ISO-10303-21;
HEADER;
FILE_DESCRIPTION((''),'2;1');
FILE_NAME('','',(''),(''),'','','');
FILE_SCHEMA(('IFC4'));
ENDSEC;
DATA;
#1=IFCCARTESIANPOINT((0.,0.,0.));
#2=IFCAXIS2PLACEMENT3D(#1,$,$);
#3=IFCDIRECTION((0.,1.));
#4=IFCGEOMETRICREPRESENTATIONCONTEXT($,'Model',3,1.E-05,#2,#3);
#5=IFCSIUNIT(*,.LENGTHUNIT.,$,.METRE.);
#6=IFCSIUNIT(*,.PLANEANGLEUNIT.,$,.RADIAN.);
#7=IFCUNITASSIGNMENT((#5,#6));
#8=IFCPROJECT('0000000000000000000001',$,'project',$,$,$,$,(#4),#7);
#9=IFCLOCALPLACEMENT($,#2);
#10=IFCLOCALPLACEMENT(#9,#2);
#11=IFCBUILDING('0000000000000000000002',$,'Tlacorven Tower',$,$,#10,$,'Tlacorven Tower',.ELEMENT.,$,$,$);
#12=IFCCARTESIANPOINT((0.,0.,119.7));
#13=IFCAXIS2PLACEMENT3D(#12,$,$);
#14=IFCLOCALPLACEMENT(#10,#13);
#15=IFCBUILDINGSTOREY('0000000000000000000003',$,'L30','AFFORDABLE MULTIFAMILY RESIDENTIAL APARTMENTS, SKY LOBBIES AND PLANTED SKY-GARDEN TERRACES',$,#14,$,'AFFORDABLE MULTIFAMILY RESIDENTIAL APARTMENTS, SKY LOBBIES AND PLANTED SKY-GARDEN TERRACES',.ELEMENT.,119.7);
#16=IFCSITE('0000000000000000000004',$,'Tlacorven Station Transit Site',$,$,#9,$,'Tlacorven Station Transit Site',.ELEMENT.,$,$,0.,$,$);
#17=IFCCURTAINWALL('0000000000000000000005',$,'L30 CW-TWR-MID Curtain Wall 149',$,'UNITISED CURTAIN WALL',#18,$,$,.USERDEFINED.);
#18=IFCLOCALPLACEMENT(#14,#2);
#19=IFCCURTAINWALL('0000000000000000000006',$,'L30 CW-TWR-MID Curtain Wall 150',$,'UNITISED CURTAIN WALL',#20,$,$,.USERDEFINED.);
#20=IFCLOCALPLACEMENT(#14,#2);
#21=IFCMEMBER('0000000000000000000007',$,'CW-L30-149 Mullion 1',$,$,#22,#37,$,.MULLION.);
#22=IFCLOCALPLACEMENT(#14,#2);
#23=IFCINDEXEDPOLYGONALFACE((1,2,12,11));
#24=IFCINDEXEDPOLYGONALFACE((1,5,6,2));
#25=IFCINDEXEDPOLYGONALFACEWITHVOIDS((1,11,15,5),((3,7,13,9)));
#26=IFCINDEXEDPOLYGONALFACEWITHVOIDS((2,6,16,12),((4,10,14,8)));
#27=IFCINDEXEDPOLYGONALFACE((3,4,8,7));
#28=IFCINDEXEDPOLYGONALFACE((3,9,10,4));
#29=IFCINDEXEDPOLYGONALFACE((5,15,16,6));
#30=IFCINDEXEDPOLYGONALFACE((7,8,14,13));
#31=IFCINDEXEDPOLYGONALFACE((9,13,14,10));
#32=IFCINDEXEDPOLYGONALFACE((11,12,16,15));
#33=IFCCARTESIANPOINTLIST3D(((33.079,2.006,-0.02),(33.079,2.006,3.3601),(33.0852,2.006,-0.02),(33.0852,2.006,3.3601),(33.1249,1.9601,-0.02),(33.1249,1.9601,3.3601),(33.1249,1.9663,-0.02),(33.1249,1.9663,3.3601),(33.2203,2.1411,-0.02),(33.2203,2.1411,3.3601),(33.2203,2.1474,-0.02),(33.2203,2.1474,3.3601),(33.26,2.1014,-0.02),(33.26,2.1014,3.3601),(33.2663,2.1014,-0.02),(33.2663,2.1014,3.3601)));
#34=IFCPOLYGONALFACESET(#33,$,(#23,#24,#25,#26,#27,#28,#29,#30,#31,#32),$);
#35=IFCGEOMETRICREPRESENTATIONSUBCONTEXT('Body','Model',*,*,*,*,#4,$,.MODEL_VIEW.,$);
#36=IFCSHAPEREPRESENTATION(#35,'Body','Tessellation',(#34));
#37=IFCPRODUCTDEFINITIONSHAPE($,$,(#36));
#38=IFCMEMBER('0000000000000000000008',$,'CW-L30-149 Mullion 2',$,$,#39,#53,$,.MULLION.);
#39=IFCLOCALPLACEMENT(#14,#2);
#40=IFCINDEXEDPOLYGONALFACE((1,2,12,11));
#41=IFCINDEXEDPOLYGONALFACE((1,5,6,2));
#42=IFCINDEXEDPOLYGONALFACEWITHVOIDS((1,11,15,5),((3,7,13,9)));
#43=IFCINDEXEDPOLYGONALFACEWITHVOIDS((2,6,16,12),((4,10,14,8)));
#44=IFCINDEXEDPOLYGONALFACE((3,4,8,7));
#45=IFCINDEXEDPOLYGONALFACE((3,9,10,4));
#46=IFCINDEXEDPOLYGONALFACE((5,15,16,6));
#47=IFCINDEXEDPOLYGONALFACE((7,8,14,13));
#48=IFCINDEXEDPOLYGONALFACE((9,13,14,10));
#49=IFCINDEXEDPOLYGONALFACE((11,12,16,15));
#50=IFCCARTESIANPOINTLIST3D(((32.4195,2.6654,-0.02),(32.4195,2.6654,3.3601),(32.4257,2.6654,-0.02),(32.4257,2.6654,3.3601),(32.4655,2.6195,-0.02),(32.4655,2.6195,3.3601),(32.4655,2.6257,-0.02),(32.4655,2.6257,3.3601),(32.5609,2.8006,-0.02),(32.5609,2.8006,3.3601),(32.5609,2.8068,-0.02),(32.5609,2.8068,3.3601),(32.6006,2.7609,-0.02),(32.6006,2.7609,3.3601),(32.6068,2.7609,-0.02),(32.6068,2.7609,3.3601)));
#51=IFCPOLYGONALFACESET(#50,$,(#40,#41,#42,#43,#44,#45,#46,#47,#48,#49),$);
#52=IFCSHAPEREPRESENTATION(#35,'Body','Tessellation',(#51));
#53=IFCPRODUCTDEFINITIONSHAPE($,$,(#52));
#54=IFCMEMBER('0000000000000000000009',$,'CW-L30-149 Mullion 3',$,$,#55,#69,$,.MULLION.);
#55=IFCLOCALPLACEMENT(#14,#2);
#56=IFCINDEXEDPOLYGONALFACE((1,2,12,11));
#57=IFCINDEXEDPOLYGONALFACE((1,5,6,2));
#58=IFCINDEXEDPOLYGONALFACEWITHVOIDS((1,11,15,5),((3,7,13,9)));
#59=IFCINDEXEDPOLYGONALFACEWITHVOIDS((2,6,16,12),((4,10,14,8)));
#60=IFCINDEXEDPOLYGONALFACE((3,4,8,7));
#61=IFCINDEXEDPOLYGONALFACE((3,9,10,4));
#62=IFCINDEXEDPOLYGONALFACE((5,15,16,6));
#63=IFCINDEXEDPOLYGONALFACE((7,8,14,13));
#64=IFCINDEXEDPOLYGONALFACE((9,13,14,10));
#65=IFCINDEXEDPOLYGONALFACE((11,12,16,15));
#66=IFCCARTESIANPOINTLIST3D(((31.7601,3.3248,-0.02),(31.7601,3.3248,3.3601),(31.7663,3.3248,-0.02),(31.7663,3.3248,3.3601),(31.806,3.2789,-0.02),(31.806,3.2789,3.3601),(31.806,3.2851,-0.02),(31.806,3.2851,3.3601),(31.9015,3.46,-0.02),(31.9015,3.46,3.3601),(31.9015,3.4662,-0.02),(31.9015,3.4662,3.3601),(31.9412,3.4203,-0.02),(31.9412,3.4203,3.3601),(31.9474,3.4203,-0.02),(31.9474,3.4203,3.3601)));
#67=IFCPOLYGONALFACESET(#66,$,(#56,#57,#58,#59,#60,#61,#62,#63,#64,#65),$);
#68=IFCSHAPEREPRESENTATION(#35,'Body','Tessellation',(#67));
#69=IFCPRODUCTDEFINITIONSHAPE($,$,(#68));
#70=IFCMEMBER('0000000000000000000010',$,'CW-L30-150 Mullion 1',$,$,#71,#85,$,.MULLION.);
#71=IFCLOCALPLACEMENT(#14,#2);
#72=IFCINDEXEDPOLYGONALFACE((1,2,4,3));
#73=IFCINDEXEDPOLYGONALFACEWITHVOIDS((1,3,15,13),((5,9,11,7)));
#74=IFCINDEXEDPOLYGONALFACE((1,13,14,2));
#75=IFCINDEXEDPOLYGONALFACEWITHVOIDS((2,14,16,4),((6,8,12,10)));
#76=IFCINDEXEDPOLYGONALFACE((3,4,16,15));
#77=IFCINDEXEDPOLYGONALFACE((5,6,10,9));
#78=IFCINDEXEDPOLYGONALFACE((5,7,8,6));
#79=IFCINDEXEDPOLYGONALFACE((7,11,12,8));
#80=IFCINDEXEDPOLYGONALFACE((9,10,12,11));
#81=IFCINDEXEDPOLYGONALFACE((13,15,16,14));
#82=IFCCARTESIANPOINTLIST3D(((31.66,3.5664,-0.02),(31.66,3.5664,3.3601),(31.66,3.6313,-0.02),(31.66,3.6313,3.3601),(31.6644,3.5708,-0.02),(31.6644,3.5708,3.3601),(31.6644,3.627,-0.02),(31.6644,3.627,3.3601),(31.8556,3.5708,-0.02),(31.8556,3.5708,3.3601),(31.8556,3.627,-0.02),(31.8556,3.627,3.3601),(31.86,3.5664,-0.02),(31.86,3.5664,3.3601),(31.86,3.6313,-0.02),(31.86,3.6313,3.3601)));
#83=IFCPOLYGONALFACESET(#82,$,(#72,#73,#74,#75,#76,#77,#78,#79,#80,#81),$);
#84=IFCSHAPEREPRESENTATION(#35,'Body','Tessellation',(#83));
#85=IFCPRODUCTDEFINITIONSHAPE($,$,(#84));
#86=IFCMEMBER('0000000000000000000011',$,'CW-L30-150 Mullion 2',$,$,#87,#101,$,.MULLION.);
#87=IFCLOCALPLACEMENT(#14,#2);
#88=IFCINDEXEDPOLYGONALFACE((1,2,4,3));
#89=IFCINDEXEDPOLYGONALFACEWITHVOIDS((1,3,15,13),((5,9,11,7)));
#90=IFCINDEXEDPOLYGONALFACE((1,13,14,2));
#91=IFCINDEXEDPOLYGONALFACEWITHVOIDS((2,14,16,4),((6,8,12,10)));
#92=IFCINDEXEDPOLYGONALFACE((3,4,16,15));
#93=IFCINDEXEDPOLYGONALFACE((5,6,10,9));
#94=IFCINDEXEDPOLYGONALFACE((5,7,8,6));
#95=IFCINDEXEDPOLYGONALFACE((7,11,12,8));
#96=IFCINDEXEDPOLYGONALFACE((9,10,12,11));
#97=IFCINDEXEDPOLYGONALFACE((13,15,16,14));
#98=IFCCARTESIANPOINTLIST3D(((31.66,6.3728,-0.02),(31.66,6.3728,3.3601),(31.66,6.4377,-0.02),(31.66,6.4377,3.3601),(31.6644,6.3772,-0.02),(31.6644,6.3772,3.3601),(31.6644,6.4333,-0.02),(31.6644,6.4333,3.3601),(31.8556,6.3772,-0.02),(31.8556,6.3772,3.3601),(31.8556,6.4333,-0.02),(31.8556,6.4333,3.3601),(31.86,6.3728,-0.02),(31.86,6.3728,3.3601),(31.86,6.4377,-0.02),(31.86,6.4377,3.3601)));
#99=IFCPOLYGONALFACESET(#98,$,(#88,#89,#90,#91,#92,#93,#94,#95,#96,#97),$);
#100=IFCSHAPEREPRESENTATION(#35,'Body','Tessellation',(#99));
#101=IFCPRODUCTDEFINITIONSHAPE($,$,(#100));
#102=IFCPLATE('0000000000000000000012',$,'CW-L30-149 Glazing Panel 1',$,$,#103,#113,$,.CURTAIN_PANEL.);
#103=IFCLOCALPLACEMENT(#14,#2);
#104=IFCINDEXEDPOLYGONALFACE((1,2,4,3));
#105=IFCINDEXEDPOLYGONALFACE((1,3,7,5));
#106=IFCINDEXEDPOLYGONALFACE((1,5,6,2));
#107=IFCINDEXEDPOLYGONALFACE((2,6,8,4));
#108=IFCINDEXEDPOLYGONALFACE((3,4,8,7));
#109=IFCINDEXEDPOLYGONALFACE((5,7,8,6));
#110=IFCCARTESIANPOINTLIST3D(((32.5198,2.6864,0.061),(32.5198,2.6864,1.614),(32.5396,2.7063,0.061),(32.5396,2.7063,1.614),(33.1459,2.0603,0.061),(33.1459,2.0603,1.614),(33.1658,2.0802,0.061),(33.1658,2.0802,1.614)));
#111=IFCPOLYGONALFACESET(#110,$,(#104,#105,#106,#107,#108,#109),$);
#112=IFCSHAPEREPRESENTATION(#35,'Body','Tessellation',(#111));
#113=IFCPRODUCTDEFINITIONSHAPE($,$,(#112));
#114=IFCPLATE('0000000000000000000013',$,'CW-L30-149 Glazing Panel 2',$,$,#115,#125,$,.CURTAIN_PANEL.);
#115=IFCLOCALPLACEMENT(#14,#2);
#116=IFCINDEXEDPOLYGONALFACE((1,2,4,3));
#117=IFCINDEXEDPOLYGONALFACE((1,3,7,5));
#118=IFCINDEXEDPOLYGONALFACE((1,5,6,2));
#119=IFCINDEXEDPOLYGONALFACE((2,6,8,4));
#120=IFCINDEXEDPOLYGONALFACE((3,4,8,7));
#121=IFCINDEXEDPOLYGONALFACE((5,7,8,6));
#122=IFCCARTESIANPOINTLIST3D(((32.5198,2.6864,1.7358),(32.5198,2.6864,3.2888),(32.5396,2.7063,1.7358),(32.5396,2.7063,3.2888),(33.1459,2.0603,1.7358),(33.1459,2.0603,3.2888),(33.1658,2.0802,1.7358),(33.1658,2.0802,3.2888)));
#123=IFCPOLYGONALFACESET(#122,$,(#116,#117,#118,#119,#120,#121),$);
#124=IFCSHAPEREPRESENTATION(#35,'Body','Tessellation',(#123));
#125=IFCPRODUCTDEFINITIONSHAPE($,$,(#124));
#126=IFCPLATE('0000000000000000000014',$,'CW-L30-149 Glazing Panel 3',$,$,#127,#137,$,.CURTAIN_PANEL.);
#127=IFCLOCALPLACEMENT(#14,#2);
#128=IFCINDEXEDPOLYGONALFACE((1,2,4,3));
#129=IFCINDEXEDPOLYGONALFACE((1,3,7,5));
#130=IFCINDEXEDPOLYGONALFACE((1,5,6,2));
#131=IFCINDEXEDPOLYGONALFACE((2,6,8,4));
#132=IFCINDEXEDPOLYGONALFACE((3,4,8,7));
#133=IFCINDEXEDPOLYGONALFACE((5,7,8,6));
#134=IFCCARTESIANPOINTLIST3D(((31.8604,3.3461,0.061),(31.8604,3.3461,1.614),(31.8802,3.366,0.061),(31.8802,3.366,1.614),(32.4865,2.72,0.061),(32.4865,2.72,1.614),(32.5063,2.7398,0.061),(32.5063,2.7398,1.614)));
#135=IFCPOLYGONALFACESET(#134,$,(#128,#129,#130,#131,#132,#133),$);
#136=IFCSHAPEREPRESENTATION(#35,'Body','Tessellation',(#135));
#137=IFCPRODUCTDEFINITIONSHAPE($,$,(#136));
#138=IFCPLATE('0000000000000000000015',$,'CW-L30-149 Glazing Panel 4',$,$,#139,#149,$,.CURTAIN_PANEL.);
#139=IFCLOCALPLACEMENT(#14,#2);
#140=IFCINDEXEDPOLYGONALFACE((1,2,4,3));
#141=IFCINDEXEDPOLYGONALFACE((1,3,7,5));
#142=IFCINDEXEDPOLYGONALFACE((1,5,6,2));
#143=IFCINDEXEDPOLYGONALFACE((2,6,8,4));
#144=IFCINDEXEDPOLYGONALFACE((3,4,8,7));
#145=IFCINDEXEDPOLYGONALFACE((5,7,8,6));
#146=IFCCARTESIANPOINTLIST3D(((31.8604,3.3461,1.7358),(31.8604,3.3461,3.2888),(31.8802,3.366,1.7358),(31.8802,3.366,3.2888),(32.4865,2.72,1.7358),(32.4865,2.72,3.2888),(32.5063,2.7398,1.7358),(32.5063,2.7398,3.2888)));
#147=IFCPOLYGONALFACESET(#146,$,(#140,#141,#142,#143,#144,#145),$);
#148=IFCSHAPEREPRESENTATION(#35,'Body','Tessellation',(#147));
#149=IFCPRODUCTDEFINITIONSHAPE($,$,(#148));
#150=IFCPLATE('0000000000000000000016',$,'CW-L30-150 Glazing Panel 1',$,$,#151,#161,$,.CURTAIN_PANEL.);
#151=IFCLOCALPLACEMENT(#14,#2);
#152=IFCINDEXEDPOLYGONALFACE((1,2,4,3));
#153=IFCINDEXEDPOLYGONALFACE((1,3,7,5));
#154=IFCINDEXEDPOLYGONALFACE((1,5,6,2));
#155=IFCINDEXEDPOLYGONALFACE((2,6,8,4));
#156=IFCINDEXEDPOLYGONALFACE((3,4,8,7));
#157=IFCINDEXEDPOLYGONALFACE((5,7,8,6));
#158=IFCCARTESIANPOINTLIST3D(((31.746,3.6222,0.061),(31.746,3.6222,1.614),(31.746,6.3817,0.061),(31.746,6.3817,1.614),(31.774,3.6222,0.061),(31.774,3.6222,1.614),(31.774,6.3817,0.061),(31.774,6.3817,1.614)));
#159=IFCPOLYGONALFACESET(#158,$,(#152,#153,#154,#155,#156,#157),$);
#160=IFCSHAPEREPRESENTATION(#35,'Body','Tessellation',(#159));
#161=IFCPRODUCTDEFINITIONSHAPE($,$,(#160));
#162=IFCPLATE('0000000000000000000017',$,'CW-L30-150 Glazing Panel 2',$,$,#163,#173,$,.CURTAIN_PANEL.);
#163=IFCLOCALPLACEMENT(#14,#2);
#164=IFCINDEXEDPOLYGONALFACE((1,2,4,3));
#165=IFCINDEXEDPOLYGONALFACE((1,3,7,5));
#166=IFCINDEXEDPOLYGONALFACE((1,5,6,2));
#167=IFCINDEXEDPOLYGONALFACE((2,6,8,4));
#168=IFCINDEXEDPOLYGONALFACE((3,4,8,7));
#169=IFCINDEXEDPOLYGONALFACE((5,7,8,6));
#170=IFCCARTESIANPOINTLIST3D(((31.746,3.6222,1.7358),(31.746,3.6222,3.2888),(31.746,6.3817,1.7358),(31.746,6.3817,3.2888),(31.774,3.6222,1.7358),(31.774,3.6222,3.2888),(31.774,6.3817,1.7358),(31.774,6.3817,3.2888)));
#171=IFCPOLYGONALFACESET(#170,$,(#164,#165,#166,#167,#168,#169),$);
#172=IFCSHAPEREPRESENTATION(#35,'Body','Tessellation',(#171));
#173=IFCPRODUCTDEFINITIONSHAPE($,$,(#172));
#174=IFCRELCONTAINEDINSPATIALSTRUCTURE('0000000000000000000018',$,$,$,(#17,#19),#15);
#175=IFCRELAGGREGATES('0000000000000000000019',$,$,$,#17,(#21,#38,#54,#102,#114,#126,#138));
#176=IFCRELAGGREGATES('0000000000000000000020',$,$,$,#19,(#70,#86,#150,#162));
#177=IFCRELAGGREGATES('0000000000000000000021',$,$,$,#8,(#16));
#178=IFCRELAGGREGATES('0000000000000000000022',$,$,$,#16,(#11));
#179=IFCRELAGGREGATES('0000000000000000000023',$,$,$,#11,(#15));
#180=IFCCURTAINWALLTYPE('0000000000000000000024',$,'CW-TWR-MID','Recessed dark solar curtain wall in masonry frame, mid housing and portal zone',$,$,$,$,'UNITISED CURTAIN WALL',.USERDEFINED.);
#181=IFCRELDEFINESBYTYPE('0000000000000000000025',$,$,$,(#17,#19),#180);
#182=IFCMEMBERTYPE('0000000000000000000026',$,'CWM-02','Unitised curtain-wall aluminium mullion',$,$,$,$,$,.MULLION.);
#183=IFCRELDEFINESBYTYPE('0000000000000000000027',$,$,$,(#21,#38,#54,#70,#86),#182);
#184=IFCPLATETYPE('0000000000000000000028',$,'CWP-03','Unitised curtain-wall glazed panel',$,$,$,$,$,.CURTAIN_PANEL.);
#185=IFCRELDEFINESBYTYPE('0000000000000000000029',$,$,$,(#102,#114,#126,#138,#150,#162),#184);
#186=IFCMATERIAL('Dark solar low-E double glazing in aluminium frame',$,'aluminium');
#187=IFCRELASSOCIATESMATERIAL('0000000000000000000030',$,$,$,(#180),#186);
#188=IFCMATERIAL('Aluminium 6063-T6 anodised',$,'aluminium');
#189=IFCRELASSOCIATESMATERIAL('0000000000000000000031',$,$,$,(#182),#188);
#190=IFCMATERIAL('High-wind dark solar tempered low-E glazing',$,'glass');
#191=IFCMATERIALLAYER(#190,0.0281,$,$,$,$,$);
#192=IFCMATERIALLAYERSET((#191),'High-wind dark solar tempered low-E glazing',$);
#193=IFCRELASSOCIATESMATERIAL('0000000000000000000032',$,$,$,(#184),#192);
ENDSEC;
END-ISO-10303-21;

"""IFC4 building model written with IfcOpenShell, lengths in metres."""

from ifc_helpers import new_model, si_unit, direction, frame, origin, origin_2d, place, context, subcontext, project, spatial, rectangle, hollow_rectangle, extrude, source, transform, mapped, material, layer, layer_set, material_profile, profile_set, type_object, element, aggregate, save


model = new_model("IFC4")

# Units and contexts
model_context = context("Model", 3, precision=1e-05, world=origin(), true_north=direction((0.0, 1.0)))
body_context = subcontext(model_context, "Body", "Model", "MODEL_VIEW")
ifc_project = project(units=[si_unit("LENGTHUNIT", "METRE"), si_unit("PLANEANGLEUNIT", "RADIAN")], contexts=[model_context])

# Site, building, storey
site_placement = place(None, origin())
site = spatial("IfcSite", under=ifc_project, at=site_placement, Name="Tlacorven Station Transit Site", LongName="Tlacorven Station Transit Site", CompositionType="ELEMENT", RefElevation=0.0)
building_placement = place(site_placement, origin())
building = spatial("IfcBuilding", under=site, at=building_placement, Name="Tlacorven Tower", LongName="Tlacorven Tower", CompositionType="ELEMENT")
storey_placement = place(building_placement, frame((0.0, 0.0, 119.7)))
storey = spatial("IfcBuildingStorey", under=building, at=storey_placement, Name="L30", Description="AFFORDABLE MULTIFAMILY RESIDENTIAL APARTMENTS, SKY LOBBIES AND PLANTED SKY-GARDEN TERRACES", LongName="AFFORDABLE MULTIFAMILY RESIDENTIAL APARTMENTS, SKY LOBBIES AND PLANTED SKY-GARDEN TERRACES", CompositionType="ELEMENT", Elevation=119.7)

# Curtain walls
ifc_material_1 = material(Name="Dark solar low-E double glazing in aluminium frame", Category="aluminium")
curtain_wall_type = type_object("IfcCurtainWallType", Name="CW-TWR-MID", Description="Recessed dark solar curtain wall in masonry frame, mid housing and portal zone", ElementType="UNITISED CURTAIN WALL", PredefinedType="USERDEFINED", material=ifc_material_1)
curtain_wall_1_placement = place(storey_placement, origin())
curtain_wall_1 = element("IfcCurtainWall", 1, at=curtain_wall_1_placement, inside=storey, type_object=curtain_wall_type, Name="L30 CW-TWR-MID Curtain Wall 149", ObjectType="UNITISED CURTAIN WALL", PredefinedType="USERDEFINED")
ifc_material_2 = material(Name="Aluminium 6063-T6 anodised", Category="aluminium")
curtain_wall_2_placement = place(storey_placement, origin())
curtain_wall_2 = element("IfcCurtainWall", 2, at=curtain_wall_2_placement, inside=storey, type_object=curtain_wall_type, Name="L30 CW-TWR-MID Curtain Wall 150", ObjectType="UNITISED CURTAIN WALL", PredefinedType="USERDEFINED")

# Shared definitions
ifc_material_profile_1 = material_profile(ifc_material_2, hollow_rectangle(XDim=0.0649, YDim=0.2, WallThickness=0.0044, at=origin_2d()), Name="ALU MULLION 65X200")
ifc_profile_set_1 = profile_set([ifc_material_profile_1], Name="Aluminium 6063-T6 anodised")
member_type_1 = type_object("IfcMemberType", Name="CWM-02", Description="Unitised curtain-wall aluminium mullion", PredefinedType="MULLION", material=ifc_profile_set_1)
shared_shape_1 = source(origin(), body_context, "Body", "SweptSolid", [
    extrude(hollow_rectangle(XDim=0.0649, YDim=0.2, WallThickness=0.0044, at=origin_2d()), origin(), (0.0, 0.0, 1.0), 3.3801),
])

# Members
member_1_placement = place(storey_placement, frame((33.1726, 2.0537, -0.02), z_axis=(0.0, 0.0, 1.0), x_axis=(-0.707107, 0.707107, 0.0)))
member_1 = element("IfcMember", 3, at=member_1_placement, type_object=member_type_1, Name="CW-L30-149 Mullion 1", PredefinedType="MULLION", context=body_context, shape_type="MappedRepresentation", body=[
    mapped(shared_shape_1, transform((0.0, 0.0, 0.0), scale=1.0)),
])
member_2_placement = place(storey_placement, frame((32.5132, 2.7131, -0.02), z_axis=(0.0, 0.0, 1.0), x_axis=(-0.707107, 0.707107, 0.0)))
member_2 = element("IfcMember", 4, at=member_2_placement, type_object=member_type_1, Name="CW-L30-149 Mullion 2", PredefinedType="MULLION", context=body_context, shape_type="MappedRepresentation", body=[
    mapped(shared_shape_1, transform((0.0, 0.0, 0.0), scale=1.0)),
])
member_3_placement = place(storey_placement, frame((31.8538, 3.3726, -0.02), z_axis=(0.0, 0.0, 1.0), x_axis=(-0.707107, 0.707107, 0.0)))
member_3 = element("IfcMember", 5, at=member_3_placement, type_object=member_type_1, Name="CW-L30-149 Mullion 3", PredefinedType="MULLION", context=body_context, shape_type="MappedRepresentation", body=[
    mapped(shared_shape_1, transform((0.0, 0.0, 0.0), scale=1.0)),
])
member_4_placement = place(storey_placement, frame((31.76, 3.5989, -0.02), z_axis=(0.0, 0.0, 1.0), x_axis=(0.0, 1.0, 0.0)))
member_4 = element("IfcMember", 6, at=member_4_placement, type_object=member_type_1, Name="CW-L30-150 Mullion 1", PredefinedType="MULLION", context=body_context, shape_type="MappedRepresentation", body=[
    mapped(shared_shape_1, transform((0.0, 0.0, 0.0), scale=1.0)),
])
member_5_placement = place(storey_placement, frame((31.76, 6.4053, -0.02), z_axis=(0.0, 0.0, 1.0), x_axis=(0.0, 1.0, 0.0)))
member_5 = element("IfcMember", 7, at=member_5_placement, type_object=member_type_1, Name="CW-L30-150 Mullion 2", PredefinedType="MULLION", context=body_context, shape_type="MappedRepresentation", body=[
    mapped(shared_shape_1, transform((0.0, 0.0, 0.0), scale=1.0)),
])

# Plates
ifc_material_3 = material(Name="High-wind dark solar tempered low-E glazing", Category="glass")
ifc_layer = layer(ifc_material_3, 0.0281)
ifc_layer_set = layer_set([ifc_layer], Name="High-wind dark solar tempered low-E glazing")
plate_type = type_object("IfcPlateType", Name="CWP-03", Description="Unitised curtain-wall glazed panel", PredefinedType="CURTAIN_PANEL", material=ifc_layer_set)
shared_shape_2 = source(origin(), body_context, "Body", "SweptSolid", [
    extrude(rectangle(XDim=0.8855, YDim=0.0281, at=origin_2d()), origin(), (0.0, 0.0, 1.0), 1.553),
])
plate_1_placement = place(storey_placement, frame((32.8428, 2.3833, 0.061), z_axis=(0.0, 0.0, 1.0), x_axis=(-0.707107, 0.707107, 0.0)))
plate_1 = element("IfcPlate", 8, at=plate_1_placement, type_object=plate_type, Name="CW-L30-149 Glazing Panel 1", PredefinedType="CURTAIN_PANEL", context=body_context, shape_type="MappedRepresentation", body=[
    mapped(shared_shape_2, transform((0.0, 0.0, 0.0), scale=1.0)),
])
plate_2_placement = place(storey_placement, frame((32.8428, 2.3833, 1.7358), z_axis=(0.0, 0.0, 1.0), x_axis=(-0.707107, 0.707107, 0.0)))
plate_2 = element("IfcPlate", 9, at=plate_2_placement, type_object=plate_type, Name="CW-L30-149 Glazing Panel 2", PredefinedType="CURTAIN_PANEL", context=body_context, shape_type="MappedRepresentation", body=[
    mapped(shared_shape_2, transform((0.0, 0.0, 0.0), scale=1.0)),
])
plate_3_placement = place(storey_placement, frame((32.1833, 3.043, 0.061), z_axis=(0.0, 0.0, 1.0), x_axis=(-0.707107, 0.707107, 0.0)))
plate_3 = element("IfcPlate", 10, at=plate_3_placement, type_object=plate_type, Name="CW-L30-149 Glazing Panel 3", PredefinedType="CURTAIN_PANEL", context=body_context, shape_type="MappedRepresentation", body=[
    mapped(shared_shape_2, transform((0.0, 0.0, 0.0), scale=1.0)),
])
plate_4_placement = place(storey_placement, frame((32.1833, 3.043, 1.7358), z_axis=(0.0, 0.0, 1.0), x_axis=(-0.707107, 0.707107, 0.0)))
plate_4 = element("IfcPlate", 11, at=plate_4_placement, type_object=plate_type, Name="CW-L30-149 Glazing Panel 4", PredefinedType="CURTAIN_PANEL", context=body_context, shape_type="MappedRepresentation", body=[
    mapped(shared_shape_2, transform((0.0, 0.0, 0.0), scale=1.0)),
])
aggregate(curtain_wall_1, [member_1, member_2, member_3, plate_1, plate_2, plate_3, plate_4])
shared_shape_3 = source(origin(), body_context, "Body", "SweptSolid", [
    extrude(rectangle(XDim=2.7595, YDim=0.0281, at=origin_2d()), origin(), (0.0, 0.0, 1.0), 1.553),
])
plate_5_placement = place(storey_placement, frame((31.76, 5.002, 0.061), z_axis=(0.0, 0.0, 1.0), x_axis=(0.0, 1.0, 0.0)))
plate_5 = element("IfcPlate", 12, at=plate_5_placement, type_object=plate_type, Name="CW-L30-150 Glazing Panel 1", PredefinedType="CURTAIN_PANEL", context=body_context, shape_type="MappedRepresentation", body=[
    mapped(shared_shape_3, transform((0.0, 0.0, 0.0), scale=1.0)),
])
plate_6_placement = place(storey_placement, frame((31.76, 5.002, 1.7358), z_axis=(0.0, 0.0, 1.0), x_axis=(0.0, 1.0, 0.0)))
plate_6 = element("IfcPlate", 13, at=plate_6_placement, type_object=plate_type, Name="CW-L30-150 Glazing Panel 2", PredefinedType="CURTAIN_PANEL", context=body_context, shape_type="MappedRepresentation", body=[
    mapped(shared_shape_3, transform((0.0, 0.0, 0.0), scale=1.0)),
])
aggregate(curtain_wall_2, [member_4, member_5, plate_5, plate_6])

save(model, "model.ifc")
